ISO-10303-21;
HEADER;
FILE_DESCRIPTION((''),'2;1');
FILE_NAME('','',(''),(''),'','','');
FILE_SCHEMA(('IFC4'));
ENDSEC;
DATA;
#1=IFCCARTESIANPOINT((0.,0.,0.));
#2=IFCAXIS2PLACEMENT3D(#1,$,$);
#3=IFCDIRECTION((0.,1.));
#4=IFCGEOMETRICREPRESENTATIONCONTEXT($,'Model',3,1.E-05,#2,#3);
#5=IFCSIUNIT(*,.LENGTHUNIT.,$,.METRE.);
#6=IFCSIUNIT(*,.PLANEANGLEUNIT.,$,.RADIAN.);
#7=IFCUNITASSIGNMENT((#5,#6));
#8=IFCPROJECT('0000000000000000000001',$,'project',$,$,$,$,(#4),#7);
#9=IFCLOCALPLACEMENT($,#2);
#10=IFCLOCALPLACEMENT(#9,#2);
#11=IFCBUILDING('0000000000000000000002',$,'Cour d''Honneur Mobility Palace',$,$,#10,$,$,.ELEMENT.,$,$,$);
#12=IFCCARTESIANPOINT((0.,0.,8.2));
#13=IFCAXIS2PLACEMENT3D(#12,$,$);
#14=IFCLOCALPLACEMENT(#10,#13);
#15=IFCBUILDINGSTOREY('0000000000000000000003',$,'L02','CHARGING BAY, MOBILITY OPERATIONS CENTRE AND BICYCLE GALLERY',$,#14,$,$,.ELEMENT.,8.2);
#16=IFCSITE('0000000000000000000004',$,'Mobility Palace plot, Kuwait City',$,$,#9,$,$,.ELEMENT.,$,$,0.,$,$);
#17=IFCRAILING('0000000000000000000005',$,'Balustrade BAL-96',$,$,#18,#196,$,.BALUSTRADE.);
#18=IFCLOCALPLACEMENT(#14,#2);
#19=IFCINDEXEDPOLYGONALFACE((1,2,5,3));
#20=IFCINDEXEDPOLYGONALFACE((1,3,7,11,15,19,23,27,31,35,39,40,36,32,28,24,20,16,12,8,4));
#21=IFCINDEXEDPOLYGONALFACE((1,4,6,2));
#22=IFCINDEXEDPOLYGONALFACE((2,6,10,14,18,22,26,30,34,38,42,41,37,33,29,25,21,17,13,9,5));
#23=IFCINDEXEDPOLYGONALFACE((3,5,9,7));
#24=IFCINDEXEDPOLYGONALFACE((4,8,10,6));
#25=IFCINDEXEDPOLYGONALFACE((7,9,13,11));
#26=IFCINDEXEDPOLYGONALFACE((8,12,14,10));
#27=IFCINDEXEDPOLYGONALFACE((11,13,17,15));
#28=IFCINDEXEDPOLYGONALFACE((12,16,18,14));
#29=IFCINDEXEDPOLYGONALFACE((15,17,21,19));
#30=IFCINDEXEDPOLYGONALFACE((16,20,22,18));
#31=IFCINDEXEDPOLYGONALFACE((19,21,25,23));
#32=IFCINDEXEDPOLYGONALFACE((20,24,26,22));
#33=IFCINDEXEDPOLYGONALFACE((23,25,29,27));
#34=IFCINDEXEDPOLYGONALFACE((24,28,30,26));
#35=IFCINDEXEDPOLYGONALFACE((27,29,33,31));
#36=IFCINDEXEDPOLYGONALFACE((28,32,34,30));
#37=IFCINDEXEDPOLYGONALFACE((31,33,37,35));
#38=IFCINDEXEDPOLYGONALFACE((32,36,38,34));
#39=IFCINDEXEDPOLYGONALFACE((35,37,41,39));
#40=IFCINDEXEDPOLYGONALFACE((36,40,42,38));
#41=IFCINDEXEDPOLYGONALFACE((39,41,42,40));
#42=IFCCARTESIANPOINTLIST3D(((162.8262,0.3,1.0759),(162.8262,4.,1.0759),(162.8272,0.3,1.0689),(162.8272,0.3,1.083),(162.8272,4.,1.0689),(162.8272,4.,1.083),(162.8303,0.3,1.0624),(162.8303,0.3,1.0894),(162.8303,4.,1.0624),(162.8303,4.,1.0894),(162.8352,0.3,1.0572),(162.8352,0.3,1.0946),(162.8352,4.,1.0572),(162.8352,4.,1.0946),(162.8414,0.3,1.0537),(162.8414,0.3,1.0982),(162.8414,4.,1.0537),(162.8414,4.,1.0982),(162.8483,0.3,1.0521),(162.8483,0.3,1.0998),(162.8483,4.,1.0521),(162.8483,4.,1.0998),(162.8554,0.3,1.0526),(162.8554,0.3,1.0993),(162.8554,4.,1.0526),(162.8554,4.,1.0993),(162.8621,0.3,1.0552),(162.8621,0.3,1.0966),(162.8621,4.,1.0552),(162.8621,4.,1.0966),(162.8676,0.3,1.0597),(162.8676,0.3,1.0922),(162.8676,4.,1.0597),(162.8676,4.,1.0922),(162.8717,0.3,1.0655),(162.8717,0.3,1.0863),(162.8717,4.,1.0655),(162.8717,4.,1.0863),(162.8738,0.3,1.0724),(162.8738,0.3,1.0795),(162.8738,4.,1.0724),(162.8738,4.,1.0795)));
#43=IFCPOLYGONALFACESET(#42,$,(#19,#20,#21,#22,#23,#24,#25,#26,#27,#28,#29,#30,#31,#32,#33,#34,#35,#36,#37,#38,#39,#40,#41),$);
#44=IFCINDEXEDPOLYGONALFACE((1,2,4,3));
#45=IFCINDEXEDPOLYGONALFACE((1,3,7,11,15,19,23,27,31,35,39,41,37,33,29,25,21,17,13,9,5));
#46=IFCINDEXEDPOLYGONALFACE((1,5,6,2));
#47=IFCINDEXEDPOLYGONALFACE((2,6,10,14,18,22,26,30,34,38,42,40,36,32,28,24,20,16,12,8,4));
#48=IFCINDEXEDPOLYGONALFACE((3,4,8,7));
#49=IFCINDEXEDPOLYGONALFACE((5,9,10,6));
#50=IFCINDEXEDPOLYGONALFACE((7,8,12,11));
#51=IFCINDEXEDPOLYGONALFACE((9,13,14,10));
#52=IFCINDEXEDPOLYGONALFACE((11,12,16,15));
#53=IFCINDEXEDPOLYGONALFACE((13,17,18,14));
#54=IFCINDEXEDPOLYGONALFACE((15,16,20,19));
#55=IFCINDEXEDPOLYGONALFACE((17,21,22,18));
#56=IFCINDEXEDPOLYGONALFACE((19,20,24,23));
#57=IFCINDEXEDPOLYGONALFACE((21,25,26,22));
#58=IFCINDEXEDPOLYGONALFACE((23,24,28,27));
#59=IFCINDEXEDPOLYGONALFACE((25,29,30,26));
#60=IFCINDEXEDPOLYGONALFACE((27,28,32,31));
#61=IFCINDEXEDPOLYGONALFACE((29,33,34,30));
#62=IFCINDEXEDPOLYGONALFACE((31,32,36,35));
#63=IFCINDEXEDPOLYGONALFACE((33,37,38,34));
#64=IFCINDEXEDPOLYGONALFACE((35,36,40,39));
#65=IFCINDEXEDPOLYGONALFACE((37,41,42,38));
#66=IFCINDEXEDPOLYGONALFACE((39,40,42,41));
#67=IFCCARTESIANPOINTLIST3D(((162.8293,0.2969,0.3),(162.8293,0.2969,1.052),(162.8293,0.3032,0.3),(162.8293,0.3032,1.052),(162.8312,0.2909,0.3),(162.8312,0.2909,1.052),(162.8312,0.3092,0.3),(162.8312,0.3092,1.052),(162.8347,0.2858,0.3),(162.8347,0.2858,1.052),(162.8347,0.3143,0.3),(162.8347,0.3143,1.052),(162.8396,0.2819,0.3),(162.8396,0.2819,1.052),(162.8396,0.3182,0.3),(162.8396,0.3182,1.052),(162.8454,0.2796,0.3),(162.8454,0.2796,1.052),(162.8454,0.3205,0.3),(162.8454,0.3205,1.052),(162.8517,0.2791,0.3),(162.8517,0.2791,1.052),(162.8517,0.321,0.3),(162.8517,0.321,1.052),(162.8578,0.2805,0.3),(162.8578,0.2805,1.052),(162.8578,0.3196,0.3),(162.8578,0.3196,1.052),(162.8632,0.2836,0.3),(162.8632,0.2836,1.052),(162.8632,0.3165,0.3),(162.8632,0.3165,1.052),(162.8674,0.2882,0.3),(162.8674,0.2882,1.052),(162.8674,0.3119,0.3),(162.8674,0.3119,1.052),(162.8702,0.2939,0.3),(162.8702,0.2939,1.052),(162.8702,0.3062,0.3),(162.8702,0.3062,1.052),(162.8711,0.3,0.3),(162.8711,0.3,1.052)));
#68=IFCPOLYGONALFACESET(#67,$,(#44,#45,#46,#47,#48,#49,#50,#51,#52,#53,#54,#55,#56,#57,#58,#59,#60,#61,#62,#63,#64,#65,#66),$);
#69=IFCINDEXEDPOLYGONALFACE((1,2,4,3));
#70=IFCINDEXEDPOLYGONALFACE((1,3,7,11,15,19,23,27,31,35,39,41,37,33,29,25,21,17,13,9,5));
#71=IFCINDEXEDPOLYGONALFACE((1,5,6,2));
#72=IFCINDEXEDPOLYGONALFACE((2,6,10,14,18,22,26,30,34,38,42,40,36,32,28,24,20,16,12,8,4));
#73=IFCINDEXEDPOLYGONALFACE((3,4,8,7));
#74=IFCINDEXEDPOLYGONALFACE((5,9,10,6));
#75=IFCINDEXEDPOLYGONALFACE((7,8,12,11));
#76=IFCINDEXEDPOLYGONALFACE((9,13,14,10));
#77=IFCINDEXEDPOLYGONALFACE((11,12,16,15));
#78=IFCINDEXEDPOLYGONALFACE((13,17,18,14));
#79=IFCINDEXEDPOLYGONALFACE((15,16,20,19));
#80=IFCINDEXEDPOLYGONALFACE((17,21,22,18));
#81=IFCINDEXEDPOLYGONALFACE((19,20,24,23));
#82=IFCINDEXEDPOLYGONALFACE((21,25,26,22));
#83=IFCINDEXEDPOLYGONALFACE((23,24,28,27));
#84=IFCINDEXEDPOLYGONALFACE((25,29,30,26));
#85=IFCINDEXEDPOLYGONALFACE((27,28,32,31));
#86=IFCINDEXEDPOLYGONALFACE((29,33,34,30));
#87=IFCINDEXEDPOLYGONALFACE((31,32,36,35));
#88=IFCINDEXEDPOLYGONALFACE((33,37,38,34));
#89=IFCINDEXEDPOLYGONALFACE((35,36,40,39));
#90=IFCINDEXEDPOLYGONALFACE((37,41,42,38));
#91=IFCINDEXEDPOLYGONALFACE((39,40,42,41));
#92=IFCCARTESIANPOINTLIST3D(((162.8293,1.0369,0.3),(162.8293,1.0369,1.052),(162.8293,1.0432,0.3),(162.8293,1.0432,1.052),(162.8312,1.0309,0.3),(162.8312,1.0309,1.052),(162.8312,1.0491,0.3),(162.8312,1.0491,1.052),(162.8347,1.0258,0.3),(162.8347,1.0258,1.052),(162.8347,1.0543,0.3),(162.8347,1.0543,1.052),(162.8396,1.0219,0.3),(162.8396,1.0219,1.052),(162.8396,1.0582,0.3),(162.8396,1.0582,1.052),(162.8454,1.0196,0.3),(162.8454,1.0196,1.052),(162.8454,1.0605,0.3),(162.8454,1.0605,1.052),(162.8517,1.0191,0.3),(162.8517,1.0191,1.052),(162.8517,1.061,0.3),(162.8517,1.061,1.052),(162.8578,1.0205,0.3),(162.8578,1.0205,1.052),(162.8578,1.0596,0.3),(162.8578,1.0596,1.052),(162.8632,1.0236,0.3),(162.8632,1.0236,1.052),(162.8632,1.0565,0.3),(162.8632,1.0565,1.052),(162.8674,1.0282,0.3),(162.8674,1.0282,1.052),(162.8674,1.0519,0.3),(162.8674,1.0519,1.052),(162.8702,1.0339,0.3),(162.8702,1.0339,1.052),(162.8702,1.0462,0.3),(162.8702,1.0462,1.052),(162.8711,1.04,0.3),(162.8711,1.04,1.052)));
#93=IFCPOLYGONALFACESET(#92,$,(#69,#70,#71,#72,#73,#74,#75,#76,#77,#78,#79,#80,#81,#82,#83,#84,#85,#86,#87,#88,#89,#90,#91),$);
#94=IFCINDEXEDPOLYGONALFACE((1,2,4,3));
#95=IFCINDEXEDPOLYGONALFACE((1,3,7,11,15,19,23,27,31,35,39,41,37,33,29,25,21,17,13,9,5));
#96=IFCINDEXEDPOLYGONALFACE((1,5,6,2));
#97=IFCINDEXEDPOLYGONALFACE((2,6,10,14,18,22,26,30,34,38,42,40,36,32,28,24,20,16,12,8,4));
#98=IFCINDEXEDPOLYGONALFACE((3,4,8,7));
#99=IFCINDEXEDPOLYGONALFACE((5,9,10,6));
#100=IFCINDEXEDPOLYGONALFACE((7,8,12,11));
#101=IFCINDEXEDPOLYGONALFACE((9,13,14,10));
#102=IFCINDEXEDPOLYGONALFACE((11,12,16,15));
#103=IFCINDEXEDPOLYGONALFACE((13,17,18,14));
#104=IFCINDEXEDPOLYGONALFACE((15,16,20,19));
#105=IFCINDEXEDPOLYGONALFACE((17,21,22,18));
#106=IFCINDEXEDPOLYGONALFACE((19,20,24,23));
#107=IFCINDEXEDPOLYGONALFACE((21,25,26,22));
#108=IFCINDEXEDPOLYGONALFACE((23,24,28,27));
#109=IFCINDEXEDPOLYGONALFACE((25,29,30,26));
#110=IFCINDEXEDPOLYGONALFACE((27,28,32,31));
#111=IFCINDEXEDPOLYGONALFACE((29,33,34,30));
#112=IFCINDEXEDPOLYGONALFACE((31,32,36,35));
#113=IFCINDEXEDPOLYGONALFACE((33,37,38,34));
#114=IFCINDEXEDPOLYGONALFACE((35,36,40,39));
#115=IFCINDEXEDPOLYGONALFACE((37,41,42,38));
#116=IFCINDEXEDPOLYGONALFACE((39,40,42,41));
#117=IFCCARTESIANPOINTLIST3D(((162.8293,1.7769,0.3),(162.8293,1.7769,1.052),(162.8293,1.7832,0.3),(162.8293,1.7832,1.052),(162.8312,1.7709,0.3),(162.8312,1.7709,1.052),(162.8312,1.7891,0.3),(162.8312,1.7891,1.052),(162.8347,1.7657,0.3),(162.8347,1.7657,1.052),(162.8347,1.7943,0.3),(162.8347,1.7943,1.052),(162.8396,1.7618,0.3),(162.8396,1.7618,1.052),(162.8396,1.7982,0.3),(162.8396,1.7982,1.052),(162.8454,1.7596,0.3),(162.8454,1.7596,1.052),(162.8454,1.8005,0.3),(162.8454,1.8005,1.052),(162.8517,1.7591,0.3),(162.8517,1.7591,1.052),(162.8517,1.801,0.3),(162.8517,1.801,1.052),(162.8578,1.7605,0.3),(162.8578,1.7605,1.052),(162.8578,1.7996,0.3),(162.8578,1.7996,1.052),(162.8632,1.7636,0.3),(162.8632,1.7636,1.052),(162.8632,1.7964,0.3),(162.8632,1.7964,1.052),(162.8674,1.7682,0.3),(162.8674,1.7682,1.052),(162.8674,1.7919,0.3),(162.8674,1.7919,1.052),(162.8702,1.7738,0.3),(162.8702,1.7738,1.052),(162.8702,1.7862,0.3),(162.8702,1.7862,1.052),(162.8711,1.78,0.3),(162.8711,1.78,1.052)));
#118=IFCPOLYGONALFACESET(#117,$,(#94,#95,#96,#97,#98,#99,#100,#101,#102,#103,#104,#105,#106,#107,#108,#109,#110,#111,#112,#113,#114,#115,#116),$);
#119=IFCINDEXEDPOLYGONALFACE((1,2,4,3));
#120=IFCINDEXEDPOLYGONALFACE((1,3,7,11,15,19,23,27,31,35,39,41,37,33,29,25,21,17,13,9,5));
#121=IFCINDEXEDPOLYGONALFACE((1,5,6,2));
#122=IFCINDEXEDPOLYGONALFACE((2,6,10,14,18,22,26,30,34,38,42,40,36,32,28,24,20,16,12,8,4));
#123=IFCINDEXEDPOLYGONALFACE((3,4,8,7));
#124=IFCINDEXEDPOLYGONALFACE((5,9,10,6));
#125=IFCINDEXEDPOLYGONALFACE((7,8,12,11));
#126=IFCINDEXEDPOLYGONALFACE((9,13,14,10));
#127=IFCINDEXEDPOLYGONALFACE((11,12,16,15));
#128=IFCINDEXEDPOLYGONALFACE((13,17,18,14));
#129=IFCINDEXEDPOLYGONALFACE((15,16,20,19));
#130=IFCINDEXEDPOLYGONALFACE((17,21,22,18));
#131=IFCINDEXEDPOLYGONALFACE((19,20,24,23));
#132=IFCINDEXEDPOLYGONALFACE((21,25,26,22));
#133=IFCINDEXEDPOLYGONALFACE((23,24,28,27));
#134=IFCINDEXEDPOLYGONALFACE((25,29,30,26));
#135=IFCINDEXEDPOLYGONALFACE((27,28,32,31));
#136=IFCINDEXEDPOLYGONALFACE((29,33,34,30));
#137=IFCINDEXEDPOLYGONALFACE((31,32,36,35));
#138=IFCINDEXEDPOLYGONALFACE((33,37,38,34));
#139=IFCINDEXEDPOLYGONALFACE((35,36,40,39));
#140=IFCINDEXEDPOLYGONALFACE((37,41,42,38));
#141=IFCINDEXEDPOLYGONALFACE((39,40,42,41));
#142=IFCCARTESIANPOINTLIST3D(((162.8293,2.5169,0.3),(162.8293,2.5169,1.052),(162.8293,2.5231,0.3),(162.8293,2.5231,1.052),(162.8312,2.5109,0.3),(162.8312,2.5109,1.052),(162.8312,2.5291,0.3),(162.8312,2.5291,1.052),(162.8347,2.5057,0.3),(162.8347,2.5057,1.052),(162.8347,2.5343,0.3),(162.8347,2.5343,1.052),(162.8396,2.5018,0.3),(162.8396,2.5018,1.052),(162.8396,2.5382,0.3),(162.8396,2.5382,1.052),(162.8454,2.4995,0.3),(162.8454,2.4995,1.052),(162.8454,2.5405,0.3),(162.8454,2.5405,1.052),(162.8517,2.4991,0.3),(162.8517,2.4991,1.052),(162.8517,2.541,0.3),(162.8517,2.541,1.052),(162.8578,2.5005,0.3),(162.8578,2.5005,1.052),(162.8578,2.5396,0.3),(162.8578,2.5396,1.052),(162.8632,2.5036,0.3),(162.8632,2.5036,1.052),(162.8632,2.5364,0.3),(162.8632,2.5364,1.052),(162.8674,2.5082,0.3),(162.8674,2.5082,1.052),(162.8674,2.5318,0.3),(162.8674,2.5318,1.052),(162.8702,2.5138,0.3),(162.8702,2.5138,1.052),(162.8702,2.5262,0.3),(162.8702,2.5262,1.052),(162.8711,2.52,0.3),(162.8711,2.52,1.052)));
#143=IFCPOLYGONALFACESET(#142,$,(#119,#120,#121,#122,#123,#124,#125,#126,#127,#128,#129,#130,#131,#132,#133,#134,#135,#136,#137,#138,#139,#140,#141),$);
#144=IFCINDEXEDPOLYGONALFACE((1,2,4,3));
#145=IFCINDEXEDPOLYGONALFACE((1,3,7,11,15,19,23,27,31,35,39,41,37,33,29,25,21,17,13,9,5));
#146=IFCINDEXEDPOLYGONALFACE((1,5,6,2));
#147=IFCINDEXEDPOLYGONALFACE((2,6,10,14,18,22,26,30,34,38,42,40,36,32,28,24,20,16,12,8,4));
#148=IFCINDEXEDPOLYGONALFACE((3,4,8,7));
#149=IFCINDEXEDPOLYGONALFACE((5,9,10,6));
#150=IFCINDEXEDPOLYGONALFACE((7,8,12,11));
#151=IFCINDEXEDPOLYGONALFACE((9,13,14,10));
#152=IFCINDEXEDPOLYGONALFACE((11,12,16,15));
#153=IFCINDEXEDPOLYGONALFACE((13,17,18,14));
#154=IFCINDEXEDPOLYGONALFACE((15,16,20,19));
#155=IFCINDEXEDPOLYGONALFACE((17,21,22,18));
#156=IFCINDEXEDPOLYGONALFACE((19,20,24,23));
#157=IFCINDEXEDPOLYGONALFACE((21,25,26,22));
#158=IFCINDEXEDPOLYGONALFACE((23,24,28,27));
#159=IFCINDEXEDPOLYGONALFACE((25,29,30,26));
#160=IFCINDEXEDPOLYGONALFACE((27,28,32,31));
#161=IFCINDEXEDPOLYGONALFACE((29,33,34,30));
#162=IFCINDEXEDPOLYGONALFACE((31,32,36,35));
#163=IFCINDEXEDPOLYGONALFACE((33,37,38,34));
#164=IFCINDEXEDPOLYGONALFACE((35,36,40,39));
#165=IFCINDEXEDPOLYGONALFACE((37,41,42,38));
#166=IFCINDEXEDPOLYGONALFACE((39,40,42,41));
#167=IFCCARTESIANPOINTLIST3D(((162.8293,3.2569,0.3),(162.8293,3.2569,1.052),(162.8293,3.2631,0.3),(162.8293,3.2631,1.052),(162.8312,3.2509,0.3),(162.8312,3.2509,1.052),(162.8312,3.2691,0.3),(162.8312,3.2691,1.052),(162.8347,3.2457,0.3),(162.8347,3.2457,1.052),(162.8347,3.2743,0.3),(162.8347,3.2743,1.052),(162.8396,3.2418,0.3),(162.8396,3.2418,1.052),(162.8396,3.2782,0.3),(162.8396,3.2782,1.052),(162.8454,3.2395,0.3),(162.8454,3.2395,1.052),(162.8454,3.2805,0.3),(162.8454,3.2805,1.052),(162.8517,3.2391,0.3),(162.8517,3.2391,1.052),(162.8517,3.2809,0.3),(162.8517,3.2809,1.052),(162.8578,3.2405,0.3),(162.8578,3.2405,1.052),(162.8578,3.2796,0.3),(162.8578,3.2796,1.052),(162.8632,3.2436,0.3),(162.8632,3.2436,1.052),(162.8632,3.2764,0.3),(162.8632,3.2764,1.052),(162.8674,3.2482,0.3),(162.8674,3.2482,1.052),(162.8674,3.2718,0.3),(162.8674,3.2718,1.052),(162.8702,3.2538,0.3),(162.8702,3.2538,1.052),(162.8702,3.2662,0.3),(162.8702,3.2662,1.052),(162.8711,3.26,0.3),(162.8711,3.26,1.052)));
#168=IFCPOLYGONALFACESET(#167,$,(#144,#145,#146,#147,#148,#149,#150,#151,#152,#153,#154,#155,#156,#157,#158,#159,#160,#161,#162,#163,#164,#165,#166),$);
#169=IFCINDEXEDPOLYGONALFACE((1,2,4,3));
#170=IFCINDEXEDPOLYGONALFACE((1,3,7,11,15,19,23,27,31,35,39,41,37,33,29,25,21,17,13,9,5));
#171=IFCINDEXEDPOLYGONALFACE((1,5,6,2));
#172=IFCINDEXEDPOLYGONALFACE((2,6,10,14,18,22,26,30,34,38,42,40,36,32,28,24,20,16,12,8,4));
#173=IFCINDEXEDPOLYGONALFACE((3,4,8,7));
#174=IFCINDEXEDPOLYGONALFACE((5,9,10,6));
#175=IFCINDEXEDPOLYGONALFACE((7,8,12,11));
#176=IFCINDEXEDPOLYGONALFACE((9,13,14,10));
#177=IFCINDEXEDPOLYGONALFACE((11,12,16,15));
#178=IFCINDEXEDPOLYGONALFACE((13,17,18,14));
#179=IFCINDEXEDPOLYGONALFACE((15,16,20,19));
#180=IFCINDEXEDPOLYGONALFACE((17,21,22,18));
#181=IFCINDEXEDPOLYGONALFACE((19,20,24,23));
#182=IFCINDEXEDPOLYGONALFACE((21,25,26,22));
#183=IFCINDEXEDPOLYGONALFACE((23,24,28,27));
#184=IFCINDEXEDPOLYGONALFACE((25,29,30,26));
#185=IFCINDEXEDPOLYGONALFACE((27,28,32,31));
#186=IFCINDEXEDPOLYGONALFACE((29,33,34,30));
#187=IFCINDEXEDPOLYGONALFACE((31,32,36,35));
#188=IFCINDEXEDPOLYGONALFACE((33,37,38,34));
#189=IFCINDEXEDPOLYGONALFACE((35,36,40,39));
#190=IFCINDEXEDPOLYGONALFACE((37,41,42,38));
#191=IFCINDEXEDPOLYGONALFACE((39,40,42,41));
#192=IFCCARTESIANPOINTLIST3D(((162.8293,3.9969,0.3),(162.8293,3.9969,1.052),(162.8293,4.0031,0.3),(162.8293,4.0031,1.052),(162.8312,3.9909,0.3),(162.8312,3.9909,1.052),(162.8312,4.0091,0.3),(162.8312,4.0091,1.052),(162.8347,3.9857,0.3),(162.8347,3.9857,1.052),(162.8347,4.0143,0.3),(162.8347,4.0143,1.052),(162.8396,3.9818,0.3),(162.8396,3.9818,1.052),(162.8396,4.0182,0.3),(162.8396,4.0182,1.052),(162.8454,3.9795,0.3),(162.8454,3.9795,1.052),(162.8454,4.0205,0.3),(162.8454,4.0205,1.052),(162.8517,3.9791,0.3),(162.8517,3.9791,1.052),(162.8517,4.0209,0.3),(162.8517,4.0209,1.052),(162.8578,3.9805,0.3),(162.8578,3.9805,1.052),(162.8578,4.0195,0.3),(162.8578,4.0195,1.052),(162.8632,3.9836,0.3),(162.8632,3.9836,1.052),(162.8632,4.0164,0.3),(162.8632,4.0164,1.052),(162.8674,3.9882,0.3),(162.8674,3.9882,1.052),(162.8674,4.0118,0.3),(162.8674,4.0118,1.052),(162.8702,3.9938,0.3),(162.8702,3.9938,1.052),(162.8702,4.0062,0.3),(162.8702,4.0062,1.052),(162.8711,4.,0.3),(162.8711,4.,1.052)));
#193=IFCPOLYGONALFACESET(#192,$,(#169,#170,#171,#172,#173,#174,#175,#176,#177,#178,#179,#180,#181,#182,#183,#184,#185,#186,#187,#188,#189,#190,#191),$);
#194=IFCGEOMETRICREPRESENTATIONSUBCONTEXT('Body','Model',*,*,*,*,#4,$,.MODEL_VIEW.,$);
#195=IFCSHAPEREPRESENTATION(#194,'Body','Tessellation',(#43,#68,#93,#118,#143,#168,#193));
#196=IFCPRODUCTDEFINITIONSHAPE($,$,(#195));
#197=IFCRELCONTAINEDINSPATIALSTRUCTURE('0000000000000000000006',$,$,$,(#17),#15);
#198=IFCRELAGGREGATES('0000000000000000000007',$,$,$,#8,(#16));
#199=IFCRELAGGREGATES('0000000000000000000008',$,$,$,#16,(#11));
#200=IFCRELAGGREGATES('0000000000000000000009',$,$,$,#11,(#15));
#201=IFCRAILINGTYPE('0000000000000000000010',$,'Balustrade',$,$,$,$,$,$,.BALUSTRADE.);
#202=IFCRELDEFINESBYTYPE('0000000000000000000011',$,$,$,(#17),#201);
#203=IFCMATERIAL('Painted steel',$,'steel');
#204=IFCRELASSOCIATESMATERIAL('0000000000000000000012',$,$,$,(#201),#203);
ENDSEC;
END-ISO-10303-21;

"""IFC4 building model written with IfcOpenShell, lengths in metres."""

from ifc_helpers import new_model, si_unit, direction, frame, origin, origin_2d, place, context, subcontext, project, spatial, circle, extrude, material, type_object, element, save


model = new_model("IFC4")

# Units and contexts
model_context = context("Model", 3, precision=1e-05, world=origin(), true_north=direction((0.0, 1.0)))
body_context = subcontext(model_context, "Body", "Model", "MODEL_VIEW")
ifc_project = project(units=[si_unit("LENGTHUNIT", "METRE"), si_unit("PLANEANGLEUNIT", "RADIAN")], contexts=[model_context])

# Site, building, storey
site_placement = place(None, origin())
site = spatial("IfcSite", under=ifc_project, at=site_placement, Name="Mobility Palace plot, Kuwait City", CompositionType="ELEMENT", RefElevation=0.0)
building_placement = place(site_placement, origin())
building = spatial("IfcBuilding", under=site, at=building_placement, Name="Cour d'Honneur Mobility Palace", CompositionType="ELEMENT")
storey_placement = place(building_placement, frame((0.0, 0.0, 8.2)))
storey = spatial("IfcBuildingStorey", under=building, at=storey_placement, Name="L02", Description="CHARGING BAY, MOBILITY OPERATIONS CENTRE AND BICYCLE GALLERY", CompositionType="ELEMENT", Elevation=8.2)

# Railing
ifc_material_1 = material(Name="Painted steel", Category="steel")
railing_type_1 = type_object("IfcRailingType", Name="Balustrade", PredefinedType="BALUSTRADE", material=ifc_material_1)
railing_1_placement = place(storey_placement, frame((162.8501, 0.3, 0.3)))
element("IfcRailing", 1, at=railing_1_placement, inside=storey, type_object=railing_type_1, Name="Balustrade BAL-96", PredefinedType="BALUSTRADE", context=body_context, shape_type="SweptSolid", body=[
    extrude(circle(Radius=0.0239, at=origin_2d()), frame((0.0, 0.0, 0.7759), z_axis=(0.0, 1.0, 0.0), x_axis=(-1.0, 0.0, 0.0)), (0.0, 0.0, 1.0), 3.7),
    extrude(circle(Radius=0.021, at=origin_2d()), origin(), (0.0, 0.0, 1.0), 0.752),
    extrude(circle(Radius=0.021, at=origin_2d()), frame((0.0, 0.74, 0.0)), (0.0, 0.0, 1.0), 0.752),
    extrude(circle(Radius=0.021, at=origin_2d()), frame((0.0, 1.48, 0.0)), (0.0, 0.0, 1.0), 0.752),
    extrude(circle(Radius=0.021, at=origin_2d()), frame((0.0, 2.22, 0.0)), (0.0, 0.0, 1.0), 0.752),
    extrude(circle(Radius=0.021, at=origin_2d()), frame((0.0, 2.96, 0.0)), (0.0, 0.0, 1.0), 0.752),
    extrude(circle(Radius=0.021, at=origin_2d()), frame((0.0, 3.7, 0.0)), (0.0, 0.0, 1.0), 0.752),
])

save(model, "model.ifc")
